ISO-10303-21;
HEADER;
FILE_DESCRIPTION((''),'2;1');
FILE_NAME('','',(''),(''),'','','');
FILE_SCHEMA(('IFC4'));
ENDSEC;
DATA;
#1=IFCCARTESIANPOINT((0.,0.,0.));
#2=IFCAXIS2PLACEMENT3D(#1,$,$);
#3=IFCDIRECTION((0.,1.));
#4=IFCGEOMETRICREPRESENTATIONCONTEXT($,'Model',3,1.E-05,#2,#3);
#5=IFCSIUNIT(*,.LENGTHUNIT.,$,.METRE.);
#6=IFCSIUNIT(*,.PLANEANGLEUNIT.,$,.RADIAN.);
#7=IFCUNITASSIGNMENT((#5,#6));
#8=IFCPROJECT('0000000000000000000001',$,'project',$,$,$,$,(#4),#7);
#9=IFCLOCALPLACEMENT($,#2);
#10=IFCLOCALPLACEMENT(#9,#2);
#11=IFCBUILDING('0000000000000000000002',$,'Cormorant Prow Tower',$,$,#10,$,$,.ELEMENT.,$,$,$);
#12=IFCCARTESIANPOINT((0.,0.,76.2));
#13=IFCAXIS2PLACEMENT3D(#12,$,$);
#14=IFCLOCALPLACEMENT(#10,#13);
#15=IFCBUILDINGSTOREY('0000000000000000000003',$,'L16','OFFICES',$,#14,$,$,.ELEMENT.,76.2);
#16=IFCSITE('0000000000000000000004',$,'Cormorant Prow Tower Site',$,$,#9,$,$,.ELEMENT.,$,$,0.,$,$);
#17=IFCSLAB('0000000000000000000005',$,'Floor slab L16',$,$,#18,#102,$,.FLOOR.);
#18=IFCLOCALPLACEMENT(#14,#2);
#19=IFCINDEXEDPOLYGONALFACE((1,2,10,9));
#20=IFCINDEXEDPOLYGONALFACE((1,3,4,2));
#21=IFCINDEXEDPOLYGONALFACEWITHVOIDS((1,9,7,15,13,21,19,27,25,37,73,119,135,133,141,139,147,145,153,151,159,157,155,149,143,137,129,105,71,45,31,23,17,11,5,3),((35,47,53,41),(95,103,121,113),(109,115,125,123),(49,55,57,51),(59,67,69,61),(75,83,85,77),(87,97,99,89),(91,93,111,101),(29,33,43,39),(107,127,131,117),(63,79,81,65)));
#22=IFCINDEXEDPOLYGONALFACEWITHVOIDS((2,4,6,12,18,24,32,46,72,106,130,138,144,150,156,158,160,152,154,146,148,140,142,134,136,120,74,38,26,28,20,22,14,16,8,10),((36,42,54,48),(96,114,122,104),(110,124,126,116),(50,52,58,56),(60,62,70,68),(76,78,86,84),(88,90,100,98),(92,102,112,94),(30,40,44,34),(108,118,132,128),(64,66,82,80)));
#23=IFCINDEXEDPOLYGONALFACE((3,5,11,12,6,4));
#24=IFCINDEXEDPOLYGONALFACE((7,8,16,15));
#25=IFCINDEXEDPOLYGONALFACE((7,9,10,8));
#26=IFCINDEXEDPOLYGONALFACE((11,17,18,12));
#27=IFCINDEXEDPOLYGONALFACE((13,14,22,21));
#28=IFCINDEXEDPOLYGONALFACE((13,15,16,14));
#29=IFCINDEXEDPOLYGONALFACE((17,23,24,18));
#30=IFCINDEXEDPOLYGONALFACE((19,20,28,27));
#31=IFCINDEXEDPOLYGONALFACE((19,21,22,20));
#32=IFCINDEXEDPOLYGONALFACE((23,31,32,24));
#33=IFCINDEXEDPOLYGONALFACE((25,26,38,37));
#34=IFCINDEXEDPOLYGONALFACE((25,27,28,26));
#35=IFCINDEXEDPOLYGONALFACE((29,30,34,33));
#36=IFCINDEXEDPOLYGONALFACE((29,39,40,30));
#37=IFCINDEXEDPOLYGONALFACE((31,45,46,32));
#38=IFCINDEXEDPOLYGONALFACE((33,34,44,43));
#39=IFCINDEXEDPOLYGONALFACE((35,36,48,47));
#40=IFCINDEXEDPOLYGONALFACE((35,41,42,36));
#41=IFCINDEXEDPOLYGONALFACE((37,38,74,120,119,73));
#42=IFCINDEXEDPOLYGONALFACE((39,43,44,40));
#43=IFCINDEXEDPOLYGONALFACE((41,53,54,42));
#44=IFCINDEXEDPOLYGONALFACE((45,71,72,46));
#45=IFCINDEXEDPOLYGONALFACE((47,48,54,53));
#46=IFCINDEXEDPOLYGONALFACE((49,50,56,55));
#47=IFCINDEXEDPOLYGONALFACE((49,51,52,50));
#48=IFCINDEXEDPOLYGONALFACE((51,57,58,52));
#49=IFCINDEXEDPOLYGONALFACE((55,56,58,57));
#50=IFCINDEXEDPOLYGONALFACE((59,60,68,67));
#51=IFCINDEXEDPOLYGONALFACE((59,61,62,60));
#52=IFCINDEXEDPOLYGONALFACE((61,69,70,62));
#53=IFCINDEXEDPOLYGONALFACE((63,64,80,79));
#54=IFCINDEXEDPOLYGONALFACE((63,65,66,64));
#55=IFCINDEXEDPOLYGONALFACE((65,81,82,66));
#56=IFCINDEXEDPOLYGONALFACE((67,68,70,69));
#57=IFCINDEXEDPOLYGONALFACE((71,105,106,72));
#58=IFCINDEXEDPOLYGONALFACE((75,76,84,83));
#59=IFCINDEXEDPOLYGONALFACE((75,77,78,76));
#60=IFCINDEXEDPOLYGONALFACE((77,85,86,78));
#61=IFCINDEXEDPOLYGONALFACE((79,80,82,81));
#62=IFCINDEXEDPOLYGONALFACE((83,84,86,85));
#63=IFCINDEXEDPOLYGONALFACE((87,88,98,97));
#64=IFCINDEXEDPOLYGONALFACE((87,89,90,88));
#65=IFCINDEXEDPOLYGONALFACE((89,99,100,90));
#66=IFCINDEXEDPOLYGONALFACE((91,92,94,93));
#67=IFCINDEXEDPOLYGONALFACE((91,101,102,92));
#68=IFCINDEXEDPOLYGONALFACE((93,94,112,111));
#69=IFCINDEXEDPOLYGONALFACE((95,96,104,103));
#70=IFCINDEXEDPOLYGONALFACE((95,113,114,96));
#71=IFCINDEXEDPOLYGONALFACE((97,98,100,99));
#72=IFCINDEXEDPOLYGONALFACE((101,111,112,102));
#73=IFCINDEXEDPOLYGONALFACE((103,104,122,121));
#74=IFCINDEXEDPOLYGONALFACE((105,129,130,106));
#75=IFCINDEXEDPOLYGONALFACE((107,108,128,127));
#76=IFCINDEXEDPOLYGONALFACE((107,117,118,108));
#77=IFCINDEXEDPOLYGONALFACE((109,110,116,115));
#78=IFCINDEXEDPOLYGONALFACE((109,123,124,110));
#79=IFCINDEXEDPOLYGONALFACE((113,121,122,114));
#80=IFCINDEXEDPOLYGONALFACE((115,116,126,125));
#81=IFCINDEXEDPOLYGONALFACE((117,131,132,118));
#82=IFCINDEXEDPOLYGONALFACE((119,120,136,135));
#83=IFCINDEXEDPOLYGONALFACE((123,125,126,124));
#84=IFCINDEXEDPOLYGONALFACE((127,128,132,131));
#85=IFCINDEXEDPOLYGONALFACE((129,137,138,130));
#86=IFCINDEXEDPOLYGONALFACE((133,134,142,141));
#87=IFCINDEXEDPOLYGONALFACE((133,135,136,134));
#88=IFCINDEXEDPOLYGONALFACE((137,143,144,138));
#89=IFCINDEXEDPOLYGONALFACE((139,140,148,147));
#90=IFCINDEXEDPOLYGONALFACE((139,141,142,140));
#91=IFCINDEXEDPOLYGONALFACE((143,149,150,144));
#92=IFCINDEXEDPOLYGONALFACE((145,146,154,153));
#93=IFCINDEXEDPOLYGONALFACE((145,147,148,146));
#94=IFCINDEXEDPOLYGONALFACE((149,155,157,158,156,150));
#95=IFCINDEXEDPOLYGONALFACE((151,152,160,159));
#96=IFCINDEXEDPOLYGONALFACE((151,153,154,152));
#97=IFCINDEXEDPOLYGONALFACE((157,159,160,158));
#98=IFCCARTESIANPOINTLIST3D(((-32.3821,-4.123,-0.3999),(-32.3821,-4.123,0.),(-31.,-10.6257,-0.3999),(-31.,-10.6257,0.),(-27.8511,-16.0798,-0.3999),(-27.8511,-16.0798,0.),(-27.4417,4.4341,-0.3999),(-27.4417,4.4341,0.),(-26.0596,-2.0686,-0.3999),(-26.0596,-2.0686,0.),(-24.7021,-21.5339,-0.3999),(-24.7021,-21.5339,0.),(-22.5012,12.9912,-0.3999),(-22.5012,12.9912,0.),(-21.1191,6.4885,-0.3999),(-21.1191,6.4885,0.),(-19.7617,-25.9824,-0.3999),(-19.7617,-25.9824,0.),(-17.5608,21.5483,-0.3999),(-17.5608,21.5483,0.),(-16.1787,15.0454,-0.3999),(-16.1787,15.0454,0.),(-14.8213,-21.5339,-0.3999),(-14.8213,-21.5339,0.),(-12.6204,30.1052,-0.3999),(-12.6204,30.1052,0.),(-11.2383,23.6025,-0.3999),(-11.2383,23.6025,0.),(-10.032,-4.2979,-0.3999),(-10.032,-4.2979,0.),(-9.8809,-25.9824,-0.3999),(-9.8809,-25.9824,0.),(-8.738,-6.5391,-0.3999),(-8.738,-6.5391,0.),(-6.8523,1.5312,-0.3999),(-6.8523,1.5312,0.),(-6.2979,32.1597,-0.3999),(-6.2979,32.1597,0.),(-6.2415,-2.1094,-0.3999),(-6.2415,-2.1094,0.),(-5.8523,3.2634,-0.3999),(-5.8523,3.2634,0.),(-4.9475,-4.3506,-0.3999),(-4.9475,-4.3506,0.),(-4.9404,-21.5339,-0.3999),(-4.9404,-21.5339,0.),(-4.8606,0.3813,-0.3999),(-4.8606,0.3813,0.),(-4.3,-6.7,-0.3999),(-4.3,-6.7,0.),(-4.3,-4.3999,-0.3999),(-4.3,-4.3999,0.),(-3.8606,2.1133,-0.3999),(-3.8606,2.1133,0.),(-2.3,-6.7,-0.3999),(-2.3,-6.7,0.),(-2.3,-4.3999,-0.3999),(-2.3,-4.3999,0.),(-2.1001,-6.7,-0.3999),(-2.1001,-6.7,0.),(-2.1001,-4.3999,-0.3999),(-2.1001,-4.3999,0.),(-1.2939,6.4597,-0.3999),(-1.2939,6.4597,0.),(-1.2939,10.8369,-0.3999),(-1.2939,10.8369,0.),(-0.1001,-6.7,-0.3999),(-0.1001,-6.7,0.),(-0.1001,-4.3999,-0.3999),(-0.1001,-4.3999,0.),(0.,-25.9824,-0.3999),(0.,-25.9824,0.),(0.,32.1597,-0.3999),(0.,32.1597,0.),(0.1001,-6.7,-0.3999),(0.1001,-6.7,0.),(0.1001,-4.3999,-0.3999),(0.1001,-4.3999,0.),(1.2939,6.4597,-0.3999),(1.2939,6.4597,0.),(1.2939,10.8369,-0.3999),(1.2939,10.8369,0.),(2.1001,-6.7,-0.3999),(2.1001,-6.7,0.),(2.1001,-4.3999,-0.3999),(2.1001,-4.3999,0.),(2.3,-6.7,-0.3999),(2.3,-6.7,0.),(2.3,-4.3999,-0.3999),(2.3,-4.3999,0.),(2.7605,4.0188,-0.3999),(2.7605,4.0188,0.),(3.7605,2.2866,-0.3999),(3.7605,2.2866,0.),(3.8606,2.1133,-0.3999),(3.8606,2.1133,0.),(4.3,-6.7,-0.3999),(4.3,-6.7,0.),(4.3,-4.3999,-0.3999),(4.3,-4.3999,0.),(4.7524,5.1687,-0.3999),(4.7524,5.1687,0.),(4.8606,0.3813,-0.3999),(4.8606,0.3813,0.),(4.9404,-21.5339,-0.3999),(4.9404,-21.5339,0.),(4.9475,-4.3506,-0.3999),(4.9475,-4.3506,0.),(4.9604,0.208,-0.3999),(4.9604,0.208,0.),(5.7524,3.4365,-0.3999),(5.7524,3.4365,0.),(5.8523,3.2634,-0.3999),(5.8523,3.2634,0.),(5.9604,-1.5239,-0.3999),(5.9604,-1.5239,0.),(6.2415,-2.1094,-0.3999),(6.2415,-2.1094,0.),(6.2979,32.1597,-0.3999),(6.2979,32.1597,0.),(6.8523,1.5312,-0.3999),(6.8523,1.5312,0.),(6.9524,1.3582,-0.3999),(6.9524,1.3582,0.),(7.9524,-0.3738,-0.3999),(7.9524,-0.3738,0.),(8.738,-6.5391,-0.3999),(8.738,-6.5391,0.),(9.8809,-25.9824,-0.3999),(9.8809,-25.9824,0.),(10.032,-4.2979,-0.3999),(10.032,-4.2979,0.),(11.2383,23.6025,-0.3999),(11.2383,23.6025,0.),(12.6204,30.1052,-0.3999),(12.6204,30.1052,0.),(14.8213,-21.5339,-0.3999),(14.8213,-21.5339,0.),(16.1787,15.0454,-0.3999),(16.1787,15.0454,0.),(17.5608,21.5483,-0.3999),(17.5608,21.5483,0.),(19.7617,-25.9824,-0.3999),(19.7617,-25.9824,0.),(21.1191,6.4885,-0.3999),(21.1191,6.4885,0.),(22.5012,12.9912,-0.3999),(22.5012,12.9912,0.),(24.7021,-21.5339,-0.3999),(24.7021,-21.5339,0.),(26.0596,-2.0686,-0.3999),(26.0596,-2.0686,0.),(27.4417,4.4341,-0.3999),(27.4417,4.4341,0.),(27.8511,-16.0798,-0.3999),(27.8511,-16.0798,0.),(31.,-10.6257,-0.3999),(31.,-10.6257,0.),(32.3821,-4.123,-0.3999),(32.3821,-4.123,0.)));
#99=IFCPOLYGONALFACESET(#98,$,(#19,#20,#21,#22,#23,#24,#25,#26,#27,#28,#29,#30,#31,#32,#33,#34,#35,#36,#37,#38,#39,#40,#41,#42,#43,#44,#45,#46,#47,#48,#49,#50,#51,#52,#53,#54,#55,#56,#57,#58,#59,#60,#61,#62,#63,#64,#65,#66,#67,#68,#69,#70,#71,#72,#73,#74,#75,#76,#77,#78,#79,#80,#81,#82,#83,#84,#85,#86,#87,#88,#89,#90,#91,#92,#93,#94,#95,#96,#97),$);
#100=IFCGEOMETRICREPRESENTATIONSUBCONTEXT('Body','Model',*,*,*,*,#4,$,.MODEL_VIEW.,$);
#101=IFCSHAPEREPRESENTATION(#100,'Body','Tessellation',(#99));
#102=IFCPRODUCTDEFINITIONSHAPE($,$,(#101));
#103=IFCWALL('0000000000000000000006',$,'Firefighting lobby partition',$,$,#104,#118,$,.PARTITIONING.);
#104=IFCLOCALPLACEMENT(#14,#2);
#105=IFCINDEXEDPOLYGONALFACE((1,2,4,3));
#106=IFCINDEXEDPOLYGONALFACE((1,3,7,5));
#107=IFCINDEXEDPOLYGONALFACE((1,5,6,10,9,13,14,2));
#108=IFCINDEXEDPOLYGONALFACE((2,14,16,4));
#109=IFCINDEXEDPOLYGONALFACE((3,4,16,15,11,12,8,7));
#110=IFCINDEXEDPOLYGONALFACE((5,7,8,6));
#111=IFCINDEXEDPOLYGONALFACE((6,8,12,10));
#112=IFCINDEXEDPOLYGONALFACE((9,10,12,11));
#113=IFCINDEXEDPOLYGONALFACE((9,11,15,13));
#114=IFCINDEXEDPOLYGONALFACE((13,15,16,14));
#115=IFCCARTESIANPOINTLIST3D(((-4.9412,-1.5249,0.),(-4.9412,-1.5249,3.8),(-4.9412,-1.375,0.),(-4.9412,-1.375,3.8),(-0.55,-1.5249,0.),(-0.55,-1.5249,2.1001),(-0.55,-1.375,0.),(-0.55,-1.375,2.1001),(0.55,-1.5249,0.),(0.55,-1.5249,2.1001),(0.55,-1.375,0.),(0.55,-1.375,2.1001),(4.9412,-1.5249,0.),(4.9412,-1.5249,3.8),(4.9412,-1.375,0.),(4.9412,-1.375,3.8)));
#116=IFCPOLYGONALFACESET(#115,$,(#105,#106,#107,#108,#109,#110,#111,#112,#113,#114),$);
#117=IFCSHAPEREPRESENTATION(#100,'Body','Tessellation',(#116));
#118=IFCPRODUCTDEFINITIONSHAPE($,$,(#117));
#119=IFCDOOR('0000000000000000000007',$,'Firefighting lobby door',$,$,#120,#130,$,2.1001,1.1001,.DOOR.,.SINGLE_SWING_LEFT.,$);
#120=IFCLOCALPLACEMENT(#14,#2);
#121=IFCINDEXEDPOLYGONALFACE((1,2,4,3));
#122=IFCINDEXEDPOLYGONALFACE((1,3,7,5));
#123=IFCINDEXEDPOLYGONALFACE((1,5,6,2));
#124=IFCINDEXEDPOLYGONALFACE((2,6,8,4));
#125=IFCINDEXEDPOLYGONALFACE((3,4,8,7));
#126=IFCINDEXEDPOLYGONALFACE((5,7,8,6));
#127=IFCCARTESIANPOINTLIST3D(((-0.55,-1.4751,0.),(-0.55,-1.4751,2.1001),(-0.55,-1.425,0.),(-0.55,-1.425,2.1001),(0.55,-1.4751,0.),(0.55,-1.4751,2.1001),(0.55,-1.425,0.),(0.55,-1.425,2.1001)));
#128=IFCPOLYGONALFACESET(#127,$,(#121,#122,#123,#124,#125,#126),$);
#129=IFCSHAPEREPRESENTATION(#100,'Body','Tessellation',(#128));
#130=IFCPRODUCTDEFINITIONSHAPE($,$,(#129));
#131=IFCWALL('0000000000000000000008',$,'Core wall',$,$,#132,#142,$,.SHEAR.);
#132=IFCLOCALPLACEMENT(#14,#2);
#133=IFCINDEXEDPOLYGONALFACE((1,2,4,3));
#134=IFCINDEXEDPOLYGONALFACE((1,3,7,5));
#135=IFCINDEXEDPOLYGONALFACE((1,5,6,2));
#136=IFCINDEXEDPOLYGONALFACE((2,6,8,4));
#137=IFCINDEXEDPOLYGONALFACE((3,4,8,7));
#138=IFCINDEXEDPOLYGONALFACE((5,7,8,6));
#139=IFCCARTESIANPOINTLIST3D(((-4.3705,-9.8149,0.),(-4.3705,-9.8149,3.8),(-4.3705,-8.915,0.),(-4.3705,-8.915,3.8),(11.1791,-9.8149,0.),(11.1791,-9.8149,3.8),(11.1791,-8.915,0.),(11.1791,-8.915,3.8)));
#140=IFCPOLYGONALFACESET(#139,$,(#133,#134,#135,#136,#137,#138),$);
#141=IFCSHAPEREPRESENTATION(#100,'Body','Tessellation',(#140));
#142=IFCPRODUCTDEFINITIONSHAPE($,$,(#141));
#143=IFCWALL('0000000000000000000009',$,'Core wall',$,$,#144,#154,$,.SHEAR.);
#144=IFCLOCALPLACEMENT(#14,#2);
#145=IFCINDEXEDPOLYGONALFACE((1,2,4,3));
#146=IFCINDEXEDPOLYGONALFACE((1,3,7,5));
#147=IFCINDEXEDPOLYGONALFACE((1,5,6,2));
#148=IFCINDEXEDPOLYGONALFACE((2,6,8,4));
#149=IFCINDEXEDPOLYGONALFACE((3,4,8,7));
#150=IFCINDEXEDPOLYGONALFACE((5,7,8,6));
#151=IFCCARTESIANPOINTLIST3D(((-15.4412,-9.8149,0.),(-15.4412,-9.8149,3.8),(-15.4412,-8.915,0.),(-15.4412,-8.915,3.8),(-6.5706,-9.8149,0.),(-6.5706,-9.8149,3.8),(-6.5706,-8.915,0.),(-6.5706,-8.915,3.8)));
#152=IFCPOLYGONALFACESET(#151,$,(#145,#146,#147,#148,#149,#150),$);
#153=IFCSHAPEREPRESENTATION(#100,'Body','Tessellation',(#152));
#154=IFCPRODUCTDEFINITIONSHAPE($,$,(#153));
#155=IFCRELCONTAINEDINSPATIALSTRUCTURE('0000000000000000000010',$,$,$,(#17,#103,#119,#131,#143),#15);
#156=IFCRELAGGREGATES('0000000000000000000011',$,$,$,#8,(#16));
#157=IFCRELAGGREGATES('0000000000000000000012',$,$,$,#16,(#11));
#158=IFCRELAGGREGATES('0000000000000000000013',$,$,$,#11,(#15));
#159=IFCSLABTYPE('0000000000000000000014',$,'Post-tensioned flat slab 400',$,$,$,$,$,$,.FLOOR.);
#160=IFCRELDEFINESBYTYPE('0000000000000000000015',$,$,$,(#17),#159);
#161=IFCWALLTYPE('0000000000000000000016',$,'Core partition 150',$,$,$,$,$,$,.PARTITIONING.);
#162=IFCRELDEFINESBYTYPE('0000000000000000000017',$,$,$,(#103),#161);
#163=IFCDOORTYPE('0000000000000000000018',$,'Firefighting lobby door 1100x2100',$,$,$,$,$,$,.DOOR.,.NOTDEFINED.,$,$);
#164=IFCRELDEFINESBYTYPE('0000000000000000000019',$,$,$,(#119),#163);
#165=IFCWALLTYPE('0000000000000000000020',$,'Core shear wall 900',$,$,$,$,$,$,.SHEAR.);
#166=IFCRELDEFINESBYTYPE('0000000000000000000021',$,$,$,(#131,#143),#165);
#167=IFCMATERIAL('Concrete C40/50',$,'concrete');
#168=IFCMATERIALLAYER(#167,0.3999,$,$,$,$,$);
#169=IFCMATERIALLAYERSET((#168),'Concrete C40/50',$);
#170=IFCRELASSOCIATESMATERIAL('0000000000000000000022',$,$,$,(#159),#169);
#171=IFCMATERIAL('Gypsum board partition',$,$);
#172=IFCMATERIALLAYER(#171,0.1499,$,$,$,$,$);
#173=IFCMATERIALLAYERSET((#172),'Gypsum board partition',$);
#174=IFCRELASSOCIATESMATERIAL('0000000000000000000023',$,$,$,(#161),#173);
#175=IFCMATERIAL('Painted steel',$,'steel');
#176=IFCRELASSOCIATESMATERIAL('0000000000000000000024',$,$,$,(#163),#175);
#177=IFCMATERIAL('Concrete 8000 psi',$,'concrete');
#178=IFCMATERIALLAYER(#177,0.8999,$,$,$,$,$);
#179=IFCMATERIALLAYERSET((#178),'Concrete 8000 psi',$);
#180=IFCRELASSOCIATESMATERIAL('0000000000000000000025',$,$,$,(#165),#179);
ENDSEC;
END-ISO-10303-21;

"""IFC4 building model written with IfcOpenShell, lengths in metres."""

from ifc_helpers import new_model, si_unit, direction, frame, frame_2d, origin, place, context, subcontext, project, spatial, polyline, rectangle, outline, extrude, material, layer, layer_set, type_object, element, fill, save


model = new_model("IFC4")

# Units and contexts
model_context = context("Model", 3, precision=1e-05, world=origin(), true_north=direction((0.0, 1.0)))
body_context = subcontext(model_context, "Body", "Model", "MODEL_VIEW")
ifc_project = project(units=[si_unit("LENGTHUNIT", "METRE"), si_unit("PLANEANGLEUNIT", "RADIAN")], contexts=[model_context])

# Site, building, storey
site_placement = place(None, origin())
site = spatial("IfcSite", under=ifc_project, at=site_placement, Name="Cormorant Prow Tower Site", CompositionType="ELEMENT", RefElevation=0.0)
building_placement = place(site_placement, origin())
building = spatial("IfcBuilding", under=site, at=building_placement, Name="Cormorant Prow Tower", CompositionType="ELEMENT")
storey_placement = place(building_placement, frame((0.0, 0.0, 76.2)))
storey = spatial("IfcBuildingStorey", under=building, at=storey_placement, Name="L16", Description="OFFICES", CompositionType="ELEMENT", Elevation=76.2)

# Slab
ifc_material_1 = material(Name="Concrete C40/50", Category="concrete")
ifc_layer_1 = layer(ifc_material_1, 0.3999)
ifc_layer_set_1 = layer_set([ifc_layer_1], Name="Concrete C40/50")
slab_type_1 = type_object("IfcSlabType", Name="Post-tensioned flat slab 400", PredefinedType="FLOOR", material=ifc_layer_set_1)
slab_1_placement = place(storey_placement, frame((0.0, 0.0, -0.3999)))
element("IfcSlab", 1, at=slab_1_placement, inside=storey, type_object=slab_type_1, Name="Floor slab L16", PredefinedType="FLOOR", context=body_context, shape_type="SweptSolid", body=[
    extrude(outline(polyline([(-12.6204, 30.1052), (-11.2383, 23.6025), (-17.5608, 21.5483), (-16.1787, 15.0454), (-22.5012, 12.9912), (-21.1191, 6.4885), (-27.4417, 4.4341), (-26.0596, -2.0686), (-32.3821, -4.123), (-31.0, -10.6257), (-27.8511, -16.0798), (-24.7021, -21.5339), (-19.7617, -25.9824), (-14.8213, -21.5339), (-9.8809, -25.9824), (-4.9404, -21.5339), (0.0, -25.9824), (4.9404, -21.5339), (9.8809, -25.9824), (14.8213, -21.5339), (19.7617, -25.9824), (24.7021, -21.5339), (27.8511, -16.0798), (31.0, -10.6257), (32.3821, -4.123), (26.0596, -2.0686), (27.4417, 4.4341), (21.1191, 6.4885), (22.5012, 12.9912), (16.1787, 15.0454), (17.5608, 21.5483), (11.2383, 23.6025), (12.6204, 30.1052), (6.2979, 32.1597), (0.0, 32.1597), (-6.2979, 32.1597), (-12.6204, 30.1052)]), holes=[polyline([(-4.3, -6.7), (-4.3, -4.3999), (-2.3, -4.3999), (-2.3, -6.7), (-4.3, -6.7)]), polyline([(-2.1001, -4.3999), (-0.1001, -4.3999), (-0.1001, -6.7), (-2.1001, -6.7), (-2.1001, -4.3999)]), polyline([(2.1001, -4.3999), (2.1001, -6.7), (0.1001, -6.7), (0.1001, -4.3999), (2.1001, -4.3999)]), polyline([(4.3, -6.7), (2.3, -6.7), (2.3, -4.3999), (4.3, -4.3999), (4.3, -6.7)]), polyline([(7.9524, -0.3738), (5.9604, -1.5239), (4.9604, 0.208), (6.9524, 1.3582), (7.9524, -0.3738)]), polyline([(4.8606, 0.3813), (3.8606, 2.1133), (5.8523, 3.2634), (6.8523, 1.5312), (4.8606, 0.3813)]), polyline([(2.7605, 4.0188), (4.7524, 5.1687), (5.7524, 3.4365), (3.7605, 2.2866), (2.7605, 4.0188)]), polyline([(-6.8523, 1.5312), (-5.8523, 3.2634), (-3.8606, 2.1133), (-4.8606, 0.3813), (-6.8523, 1.5312)]), polyline([(-4.9475, -4.3506), (-8.738, -6.5391), (-10.032, -4.2979), (-6.2415, -2.1094), (-4.9475, -4.3506)]), polyline([(10.032, -4.2979), (8.738, -6.5391), (4.9475, -4.3506), (6.2415, -2.1094), (10.032, -4.2979)]), polyline([(1.2939, 10.8369), (1.2939, 6.4597), (-1.2939, 6.4597), (-1.2939, 10.8369), (1.2939, 10.8369)])]), origin(), (0.0, 0.0, 1.0), 0.3999),
])

# Wall, opening, door
ifc_material_2 = material(Name="Gypsum board partition")
ifc_layer_2 = layer(ifc_material_2, 0.1499)
ifc_layer_set_2 = layer_set([ifc_layer_2], Name="Gypsum board partition")
wall_type_1 = type_object("IfcWallType", Name="Core partition 150", PredefinedType="PARTITIONING", material=ifc_layer_set_2)
wall_1_placement = place(storey_placement, frame((-4.9412, -1.45, 0.0), z_axis=(0.0, 0.0, 1.0), x_axis=(1.0, 0.0, 0.0)))
wall_1 = element("IfcWall", 2, at=wall_1_placement, inside=storey, type_object=wall_type_1, Name="Firefighting lobby partition", PredefinedType="PARTITIONING", context=body_context, shape_type="SweptSolid", body=[
    extrude(rectangle(XDim=9.8823, YDim=0.1499, at=frame_2d((4.9412, 0.0))), origin(), (0.0, 0.0, 1.0), 3.8),
])
opening_1_placement = place(wall_1_placement, frame((4.3911, 0.0, 0.0)))
opening_1 = element("IfcOpeningElement", 3, at=opening_1_placement, cuts=wall_1, PredefinedType="OPENING", context=body_context, shape_type="SweptSolid", body=[
    extrude(rectangle(XDim=1.1001, YDim=2.1001, at=frame_2d((0.55, 1.05))), frame((0.0, 0.085, 0.0), z_axis=(0.0, -1.0, 0.0), x_axis=(1.0, 0.0, 0.0)), (0.0, 0.0, 1.0), 0.1699),
])
ifc_material_3 = material(Name="Painted steel", Category="steel")
door_type_1 = type_object("IfcDoorType", Name="Firefighting lobby door 1100x2100", OperationType="NOTDEFINED", PredefinedType="DOOR", material=ifc_material_3)
door_1_placement = place(opening_1_placement, origin())
door_1 = element("IfcDoor", 4, at=door_1_placement, inside=storey, type_object=door_type_1, Name="Firefighting lobby door", OperationType="SINGLE_SWING_LEFT", OverallHeight=2.1001, OverallWidth=1.1001, PredefinedType="DOOR", context=body_context, shape_type="SweptSolid", body=[
    extrude(rectangle(XDim=1.1001, YDim=2.1001, at=frame_2d((0.55, 1.05))), frame((0.0, 0.0249, 0.0), z_axis=(0.0, -1.0, 0.0), x_axis=(1.0, 0.0, 0.0)), (0.0, 0.0, 1.0), 0.05),
])
fill(opening_1, door_1)

# Walls
ifc_material_4 = material(Name="Concrete 8000 psi", Category="concrete")
ifc_layer_3 = layer(ifc_material_4, 0.8999)
ifc_layer_set_3 = layer_set([ifc_layer_3], Name="Concrete 8000 psi")
wall_type_2 = type_object("IfcWallType", Name="Core shear wall 900", PredefinedType="SHEAR", material=ifc_layer_set_3)
wall_2_placement = place(storey_placement, frame((-4.3706, -9.365, 0.0), z_axis=(0.0, 0.0, 1.0), x_axis=(1.0, 0.0, 0.0)))
element("IfcWall", 5, at=wall_2_placement, inside=storey, type_object=wall_type_2, Name="Core wall", PredefinedType="SHEAR", context=body_context, shape_type="SweptSolid", body=[
    extrude(rectangle(XDim=15.5496, YDim=0.8999, at=frame_2d((7.7749, 0.0))), origin(), (0.0, 0.0, 1.0), 3.8),
])
wall_3_placement = place(storey_placement, frame((-15.4412, -9.365, 0.0), z_axis=(0.0, 0.0, 1.0), x_axis=(1.0, 0.0, 0.0)))
element("IfcWall", 6, at=wall_3_placement, inside=storey, type_object=wall_type_2, Name="Core wall", PredefinedType="SHEAR", context=body_context, shape_type="SweptSolid", body=[
    extrude(rectangle(XDim=8.8706, YDim=0.8999, at=frame_2d((4.4353, 0.0))), origin(), (0.0, 0.0, 1.0), 3.8),
])

save(model, "model.ifc")
